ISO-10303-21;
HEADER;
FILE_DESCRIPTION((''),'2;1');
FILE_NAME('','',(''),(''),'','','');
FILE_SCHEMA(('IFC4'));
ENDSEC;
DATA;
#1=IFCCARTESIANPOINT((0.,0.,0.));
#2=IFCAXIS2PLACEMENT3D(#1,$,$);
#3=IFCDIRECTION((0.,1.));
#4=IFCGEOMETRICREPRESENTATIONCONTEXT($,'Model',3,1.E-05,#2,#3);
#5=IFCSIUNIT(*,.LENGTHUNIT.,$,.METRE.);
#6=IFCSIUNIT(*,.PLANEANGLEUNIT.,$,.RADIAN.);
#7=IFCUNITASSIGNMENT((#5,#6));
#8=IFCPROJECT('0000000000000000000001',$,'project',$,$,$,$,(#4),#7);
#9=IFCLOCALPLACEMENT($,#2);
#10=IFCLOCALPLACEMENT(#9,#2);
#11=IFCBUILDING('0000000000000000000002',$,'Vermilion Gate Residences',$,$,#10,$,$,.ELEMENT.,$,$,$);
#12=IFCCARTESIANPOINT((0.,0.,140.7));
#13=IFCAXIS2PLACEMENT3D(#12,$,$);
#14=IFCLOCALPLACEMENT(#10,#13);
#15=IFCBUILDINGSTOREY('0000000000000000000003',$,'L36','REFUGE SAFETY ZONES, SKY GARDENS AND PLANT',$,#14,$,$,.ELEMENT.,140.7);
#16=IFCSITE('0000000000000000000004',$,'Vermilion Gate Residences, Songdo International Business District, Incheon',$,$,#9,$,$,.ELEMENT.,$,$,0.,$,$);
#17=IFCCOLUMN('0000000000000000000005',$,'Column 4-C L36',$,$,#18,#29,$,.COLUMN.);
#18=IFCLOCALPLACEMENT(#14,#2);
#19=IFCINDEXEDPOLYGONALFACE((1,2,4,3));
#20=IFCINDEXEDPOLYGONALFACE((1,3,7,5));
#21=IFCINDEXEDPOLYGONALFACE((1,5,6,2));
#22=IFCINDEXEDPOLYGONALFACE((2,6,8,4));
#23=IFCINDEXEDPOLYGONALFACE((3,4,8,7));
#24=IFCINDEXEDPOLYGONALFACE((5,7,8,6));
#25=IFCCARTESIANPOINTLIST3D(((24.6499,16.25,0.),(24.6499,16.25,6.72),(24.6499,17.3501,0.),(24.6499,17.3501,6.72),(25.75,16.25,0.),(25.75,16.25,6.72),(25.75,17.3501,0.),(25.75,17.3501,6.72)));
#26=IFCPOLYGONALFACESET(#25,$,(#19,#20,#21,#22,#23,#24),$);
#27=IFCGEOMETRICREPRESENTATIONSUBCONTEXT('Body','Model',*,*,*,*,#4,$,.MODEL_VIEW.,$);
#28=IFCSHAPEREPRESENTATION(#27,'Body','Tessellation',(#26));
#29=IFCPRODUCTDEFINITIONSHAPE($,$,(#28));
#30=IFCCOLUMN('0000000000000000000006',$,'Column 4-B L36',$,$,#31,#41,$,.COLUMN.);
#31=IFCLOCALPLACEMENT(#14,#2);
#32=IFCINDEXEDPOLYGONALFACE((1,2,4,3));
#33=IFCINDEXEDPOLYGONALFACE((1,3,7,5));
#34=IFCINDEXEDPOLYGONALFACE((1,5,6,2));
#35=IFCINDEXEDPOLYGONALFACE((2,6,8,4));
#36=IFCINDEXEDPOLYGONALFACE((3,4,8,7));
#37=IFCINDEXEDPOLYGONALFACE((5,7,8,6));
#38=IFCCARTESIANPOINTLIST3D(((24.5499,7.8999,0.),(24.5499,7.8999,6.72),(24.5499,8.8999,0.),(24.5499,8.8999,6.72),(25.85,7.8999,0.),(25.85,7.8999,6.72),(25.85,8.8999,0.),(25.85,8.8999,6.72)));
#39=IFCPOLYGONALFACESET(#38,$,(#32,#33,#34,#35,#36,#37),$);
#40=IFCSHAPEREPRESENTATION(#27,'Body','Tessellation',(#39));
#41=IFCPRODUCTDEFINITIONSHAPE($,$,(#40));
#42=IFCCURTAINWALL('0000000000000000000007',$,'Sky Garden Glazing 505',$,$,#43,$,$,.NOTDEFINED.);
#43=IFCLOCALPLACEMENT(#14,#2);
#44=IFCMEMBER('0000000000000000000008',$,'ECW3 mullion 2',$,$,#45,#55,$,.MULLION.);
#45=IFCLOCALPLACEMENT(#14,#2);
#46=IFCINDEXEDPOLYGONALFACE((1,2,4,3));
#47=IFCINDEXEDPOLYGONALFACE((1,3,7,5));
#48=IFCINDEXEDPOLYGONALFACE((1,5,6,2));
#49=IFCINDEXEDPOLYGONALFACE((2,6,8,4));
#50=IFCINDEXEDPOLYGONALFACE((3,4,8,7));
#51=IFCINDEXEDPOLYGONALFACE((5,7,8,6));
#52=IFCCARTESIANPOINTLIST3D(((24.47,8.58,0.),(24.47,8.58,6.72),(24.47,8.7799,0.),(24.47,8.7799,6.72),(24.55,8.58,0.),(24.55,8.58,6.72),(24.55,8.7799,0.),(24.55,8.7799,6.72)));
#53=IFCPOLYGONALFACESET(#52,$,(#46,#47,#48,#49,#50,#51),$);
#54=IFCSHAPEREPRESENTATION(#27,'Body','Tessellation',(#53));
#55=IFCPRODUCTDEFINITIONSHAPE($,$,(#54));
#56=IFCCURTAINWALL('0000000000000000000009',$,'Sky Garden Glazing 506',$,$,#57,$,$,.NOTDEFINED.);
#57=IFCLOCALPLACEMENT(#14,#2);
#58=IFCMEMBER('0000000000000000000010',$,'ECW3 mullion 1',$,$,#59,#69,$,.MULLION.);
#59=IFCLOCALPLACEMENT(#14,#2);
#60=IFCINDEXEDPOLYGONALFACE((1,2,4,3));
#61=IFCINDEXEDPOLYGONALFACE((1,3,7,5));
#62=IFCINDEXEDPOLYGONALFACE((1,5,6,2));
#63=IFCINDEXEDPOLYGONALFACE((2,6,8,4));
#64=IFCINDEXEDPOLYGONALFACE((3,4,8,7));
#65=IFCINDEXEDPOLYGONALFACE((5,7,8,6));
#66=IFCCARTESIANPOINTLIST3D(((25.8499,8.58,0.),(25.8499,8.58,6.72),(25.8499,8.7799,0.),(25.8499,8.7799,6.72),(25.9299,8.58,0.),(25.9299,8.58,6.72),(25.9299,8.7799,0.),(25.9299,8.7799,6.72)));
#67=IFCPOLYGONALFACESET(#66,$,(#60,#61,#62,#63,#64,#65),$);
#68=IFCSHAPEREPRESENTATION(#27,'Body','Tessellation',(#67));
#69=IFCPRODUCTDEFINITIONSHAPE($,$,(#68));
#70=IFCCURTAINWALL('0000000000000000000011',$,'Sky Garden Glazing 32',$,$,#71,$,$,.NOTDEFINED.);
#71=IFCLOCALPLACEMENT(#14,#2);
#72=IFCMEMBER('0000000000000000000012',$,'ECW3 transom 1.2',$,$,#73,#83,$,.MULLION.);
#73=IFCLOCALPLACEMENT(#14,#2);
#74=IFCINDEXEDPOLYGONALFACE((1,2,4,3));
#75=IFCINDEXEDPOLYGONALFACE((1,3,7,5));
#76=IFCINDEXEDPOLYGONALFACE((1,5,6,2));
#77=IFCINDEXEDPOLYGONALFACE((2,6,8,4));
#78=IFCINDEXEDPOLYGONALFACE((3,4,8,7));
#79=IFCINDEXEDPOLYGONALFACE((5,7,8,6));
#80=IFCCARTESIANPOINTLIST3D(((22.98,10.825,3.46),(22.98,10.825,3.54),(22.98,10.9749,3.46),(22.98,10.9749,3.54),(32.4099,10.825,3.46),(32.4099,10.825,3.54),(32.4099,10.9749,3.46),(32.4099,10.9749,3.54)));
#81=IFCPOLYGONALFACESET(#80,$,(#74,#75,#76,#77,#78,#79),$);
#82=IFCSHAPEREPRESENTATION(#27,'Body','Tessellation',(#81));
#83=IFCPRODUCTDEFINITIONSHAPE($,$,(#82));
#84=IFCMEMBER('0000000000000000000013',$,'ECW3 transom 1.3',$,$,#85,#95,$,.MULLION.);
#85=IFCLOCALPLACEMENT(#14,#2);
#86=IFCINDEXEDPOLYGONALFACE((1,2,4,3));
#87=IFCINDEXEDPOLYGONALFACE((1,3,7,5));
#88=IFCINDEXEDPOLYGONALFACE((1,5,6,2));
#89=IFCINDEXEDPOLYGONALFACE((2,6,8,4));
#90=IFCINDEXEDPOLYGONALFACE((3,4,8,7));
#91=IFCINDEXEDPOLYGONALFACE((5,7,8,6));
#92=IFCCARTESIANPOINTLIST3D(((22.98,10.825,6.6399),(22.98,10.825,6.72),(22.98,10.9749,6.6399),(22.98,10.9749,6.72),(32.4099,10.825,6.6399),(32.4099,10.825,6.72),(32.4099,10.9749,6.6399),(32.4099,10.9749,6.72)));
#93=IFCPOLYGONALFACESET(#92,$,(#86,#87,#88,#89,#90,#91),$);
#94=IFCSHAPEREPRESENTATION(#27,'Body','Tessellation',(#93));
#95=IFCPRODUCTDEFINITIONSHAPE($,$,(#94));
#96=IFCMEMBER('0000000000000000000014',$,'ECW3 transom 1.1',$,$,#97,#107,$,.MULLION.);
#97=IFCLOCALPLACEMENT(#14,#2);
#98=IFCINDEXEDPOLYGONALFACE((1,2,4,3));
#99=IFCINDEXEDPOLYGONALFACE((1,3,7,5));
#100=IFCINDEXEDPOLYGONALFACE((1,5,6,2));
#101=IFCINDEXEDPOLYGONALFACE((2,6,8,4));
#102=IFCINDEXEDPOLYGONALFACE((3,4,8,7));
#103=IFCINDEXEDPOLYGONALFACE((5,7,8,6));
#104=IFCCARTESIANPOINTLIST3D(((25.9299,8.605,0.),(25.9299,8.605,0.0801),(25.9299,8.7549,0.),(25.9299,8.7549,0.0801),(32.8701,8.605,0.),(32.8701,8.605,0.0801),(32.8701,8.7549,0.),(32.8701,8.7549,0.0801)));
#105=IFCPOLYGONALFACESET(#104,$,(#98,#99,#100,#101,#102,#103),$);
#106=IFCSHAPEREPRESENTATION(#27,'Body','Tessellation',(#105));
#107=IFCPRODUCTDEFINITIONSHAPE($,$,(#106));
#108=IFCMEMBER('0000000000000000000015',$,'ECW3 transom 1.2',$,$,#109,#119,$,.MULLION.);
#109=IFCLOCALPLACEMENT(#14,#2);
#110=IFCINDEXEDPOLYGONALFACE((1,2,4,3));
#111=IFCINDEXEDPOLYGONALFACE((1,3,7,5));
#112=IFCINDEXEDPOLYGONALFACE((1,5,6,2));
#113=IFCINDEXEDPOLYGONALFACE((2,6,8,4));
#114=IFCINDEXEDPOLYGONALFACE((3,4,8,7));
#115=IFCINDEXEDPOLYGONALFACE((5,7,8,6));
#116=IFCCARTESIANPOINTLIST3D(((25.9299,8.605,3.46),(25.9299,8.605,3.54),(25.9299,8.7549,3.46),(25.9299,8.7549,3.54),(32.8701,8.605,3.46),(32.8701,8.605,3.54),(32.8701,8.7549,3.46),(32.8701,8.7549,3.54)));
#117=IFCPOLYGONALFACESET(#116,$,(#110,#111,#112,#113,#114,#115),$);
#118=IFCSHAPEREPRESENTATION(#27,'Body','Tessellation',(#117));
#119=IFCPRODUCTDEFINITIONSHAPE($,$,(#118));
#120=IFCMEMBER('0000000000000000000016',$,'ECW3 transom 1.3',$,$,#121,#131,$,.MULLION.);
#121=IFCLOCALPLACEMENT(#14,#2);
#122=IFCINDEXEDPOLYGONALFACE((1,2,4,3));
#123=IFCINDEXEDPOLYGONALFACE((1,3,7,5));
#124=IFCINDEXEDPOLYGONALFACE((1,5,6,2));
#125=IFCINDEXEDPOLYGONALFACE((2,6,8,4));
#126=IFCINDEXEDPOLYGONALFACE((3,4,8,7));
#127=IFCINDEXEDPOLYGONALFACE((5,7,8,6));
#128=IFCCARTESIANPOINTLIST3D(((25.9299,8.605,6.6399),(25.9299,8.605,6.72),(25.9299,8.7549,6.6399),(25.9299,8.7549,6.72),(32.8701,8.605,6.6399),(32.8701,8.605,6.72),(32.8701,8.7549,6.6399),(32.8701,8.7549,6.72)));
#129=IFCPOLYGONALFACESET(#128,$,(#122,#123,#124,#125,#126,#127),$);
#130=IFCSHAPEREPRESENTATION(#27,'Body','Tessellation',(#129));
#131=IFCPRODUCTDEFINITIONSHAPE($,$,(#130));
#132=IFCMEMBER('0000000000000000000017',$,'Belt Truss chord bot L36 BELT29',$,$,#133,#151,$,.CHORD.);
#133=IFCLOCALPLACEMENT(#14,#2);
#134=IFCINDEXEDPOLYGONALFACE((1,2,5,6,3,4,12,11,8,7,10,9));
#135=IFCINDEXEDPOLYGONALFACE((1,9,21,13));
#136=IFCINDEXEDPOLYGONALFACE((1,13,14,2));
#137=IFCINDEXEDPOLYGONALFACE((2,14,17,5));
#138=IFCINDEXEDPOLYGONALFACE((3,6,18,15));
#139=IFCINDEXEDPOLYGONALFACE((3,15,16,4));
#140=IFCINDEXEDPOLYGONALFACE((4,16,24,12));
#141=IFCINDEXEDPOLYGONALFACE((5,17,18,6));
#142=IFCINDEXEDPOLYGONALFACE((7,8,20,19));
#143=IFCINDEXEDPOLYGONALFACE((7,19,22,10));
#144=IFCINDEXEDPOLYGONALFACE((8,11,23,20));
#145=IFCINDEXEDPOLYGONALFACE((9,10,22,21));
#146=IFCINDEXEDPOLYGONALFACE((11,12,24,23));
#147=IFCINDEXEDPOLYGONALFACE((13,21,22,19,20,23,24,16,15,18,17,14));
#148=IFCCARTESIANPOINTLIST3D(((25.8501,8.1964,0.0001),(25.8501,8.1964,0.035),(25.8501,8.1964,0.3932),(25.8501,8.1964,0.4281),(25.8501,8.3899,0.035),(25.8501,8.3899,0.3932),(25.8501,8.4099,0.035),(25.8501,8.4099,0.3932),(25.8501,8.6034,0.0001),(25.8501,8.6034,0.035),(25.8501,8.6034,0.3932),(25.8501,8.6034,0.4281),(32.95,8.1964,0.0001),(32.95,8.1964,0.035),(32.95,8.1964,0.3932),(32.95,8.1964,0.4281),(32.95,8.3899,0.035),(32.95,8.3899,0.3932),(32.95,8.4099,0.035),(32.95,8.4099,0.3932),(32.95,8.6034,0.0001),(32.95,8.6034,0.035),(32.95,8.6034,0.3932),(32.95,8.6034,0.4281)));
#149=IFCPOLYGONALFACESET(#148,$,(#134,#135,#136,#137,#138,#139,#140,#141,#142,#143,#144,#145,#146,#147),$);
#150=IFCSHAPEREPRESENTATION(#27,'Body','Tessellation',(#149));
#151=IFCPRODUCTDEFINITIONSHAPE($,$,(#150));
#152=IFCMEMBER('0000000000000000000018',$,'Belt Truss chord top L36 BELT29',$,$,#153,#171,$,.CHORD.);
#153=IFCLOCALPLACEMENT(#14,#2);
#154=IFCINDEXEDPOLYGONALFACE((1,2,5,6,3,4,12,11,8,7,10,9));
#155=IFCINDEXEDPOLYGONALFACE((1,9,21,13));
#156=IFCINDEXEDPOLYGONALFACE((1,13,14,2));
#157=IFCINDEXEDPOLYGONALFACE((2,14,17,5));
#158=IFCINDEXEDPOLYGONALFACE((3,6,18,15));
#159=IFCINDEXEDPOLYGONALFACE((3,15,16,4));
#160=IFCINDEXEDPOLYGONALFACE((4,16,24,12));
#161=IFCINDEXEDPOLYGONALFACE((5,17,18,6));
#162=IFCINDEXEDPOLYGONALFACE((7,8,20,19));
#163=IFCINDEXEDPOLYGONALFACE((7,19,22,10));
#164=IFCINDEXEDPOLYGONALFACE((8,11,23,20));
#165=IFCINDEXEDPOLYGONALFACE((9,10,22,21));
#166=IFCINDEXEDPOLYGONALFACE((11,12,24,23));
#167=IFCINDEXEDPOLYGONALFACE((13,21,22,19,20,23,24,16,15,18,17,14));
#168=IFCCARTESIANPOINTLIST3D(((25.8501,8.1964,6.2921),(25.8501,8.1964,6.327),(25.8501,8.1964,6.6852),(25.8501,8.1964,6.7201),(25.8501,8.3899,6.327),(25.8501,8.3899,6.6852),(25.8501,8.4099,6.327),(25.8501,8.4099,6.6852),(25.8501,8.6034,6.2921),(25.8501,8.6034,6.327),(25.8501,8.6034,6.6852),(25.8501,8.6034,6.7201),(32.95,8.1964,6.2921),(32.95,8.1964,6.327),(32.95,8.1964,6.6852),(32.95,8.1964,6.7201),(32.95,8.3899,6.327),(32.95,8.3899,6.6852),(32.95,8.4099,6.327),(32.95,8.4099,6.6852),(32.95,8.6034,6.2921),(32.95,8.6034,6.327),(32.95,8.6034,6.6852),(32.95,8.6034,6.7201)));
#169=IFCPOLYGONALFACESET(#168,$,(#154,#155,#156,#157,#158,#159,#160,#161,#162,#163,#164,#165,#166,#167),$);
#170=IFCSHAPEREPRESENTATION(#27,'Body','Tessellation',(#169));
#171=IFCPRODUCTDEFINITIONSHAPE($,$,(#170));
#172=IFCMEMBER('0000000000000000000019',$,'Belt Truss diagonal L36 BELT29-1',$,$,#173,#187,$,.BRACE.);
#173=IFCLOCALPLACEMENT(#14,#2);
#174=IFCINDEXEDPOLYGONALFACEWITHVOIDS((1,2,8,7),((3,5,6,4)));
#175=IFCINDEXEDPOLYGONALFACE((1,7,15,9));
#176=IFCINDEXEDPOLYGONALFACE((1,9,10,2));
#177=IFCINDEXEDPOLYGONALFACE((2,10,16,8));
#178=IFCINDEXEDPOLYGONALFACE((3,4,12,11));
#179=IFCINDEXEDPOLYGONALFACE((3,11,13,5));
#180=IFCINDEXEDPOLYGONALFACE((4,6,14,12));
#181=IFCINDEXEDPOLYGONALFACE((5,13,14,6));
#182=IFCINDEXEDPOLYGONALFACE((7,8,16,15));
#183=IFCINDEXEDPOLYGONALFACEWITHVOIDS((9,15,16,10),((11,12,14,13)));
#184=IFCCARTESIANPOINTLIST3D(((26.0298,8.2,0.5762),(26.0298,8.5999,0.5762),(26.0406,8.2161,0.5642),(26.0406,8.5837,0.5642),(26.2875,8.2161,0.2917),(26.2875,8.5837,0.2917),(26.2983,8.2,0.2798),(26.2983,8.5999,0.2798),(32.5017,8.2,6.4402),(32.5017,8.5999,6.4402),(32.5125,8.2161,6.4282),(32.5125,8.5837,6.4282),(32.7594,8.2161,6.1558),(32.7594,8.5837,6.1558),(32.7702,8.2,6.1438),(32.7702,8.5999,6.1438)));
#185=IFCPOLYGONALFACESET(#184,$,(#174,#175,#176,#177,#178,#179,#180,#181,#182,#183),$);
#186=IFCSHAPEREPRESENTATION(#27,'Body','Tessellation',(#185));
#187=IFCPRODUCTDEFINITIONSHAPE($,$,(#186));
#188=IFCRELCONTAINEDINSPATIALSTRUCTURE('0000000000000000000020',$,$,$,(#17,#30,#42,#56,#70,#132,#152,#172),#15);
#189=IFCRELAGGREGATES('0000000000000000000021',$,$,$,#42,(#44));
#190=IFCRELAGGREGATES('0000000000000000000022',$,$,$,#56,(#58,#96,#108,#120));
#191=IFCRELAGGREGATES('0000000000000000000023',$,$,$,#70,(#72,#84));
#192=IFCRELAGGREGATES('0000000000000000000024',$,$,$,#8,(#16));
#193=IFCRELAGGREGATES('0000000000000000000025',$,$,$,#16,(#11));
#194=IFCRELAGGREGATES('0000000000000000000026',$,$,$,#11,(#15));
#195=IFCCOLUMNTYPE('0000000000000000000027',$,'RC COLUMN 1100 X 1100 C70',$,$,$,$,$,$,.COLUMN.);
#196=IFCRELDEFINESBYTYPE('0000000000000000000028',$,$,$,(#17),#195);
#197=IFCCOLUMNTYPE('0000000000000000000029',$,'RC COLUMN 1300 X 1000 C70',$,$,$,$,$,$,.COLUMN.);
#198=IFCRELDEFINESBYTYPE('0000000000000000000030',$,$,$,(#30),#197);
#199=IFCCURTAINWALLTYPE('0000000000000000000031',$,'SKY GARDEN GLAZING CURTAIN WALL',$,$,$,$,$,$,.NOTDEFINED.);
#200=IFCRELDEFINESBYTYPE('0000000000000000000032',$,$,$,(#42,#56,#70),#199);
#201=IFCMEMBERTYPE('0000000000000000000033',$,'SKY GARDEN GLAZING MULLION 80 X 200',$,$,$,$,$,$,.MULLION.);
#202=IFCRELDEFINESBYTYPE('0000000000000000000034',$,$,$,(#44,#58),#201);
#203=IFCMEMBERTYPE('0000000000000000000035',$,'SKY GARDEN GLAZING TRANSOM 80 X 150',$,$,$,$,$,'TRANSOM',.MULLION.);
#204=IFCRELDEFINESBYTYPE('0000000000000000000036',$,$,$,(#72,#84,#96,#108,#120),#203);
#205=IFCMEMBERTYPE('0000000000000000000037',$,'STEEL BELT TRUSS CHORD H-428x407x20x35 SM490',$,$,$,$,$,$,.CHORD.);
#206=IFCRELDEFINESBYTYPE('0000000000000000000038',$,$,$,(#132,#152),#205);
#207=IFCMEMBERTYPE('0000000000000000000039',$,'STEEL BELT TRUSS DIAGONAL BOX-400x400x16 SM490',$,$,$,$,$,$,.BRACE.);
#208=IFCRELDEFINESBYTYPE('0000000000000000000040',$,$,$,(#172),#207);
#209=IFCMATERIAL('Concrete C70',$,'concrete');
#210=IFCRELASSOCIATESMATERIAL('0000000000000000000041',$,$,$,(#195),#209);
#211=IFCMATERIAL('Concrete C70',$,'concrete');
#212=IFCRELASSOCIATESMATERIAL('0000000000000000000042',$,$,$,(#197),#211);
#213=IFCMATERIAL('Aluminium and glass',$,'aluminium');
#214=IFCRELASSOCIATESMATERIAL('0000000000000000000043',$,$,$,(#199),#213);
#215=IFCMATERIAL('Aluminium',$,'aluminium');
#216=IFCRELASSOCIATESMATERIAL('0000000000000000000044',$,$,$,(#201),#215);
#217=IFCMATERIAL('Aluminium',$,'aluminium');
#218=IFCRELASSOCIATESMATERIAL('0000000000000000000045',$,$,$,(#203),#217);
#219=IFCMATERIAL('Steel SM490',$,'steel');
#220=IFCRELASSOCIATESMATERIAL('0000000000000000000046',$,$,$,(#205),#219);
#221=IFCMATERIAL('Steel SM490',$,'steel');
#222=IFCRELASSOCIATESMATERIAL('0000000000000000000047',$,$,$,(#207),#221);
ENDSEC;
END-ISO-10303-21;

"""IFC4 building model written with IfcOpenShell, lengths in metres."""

from ifc_helpers import new_model, si_unit, direction, frame, origin, origin_2d, place, context, subcontext, project, spatial, rectangle, hollow_rectangle, i_section, extrude, material, material_profile, profile_set, type_object, element, aggregate, save


model = new_model("IFC4")

# Units and contexts
model_context = context("Model", 3, precision=1e-05, world=origin(), true_north=direction((0.0, 1.0)))
body_context = subcontext(model_context, "Body", "Model", "MODEL_VIEW")
ifc_project = project(units=[si_unit("LENGTHUNIT", "METRE"), si_unit("PLANEANGLEUNIT", "RADIAN")], contexts=[model_context])

# Site, building, storey
site_placement = place(None, origin())
site = spatial("IfcSite", under=ifc_project, at=site_placement, Name="Vermilion Gate Residences, Songdo International Business District, Incheon", CompositionType="ELEMENT", RefElevation=0.0)
building_placement = place(site_placement, origin())
building = spatial("IfcBuilding", under=site, at=building_placement, Name="Vermilion Gate Residences", CompositionType="ELEMENT")
storey_placement = place(building_placement, frame((0.0, 0.0, 140.7)))
storey = spatial("IfcBuildingStorey", under=building, at=storey_placement, Name="L36", Description="REFUGE SAFETY ZONES, SKY GARDENS AND PLANT", CompositionType="ELEMENT", Elevation=140.7)

# Columns
ifc_material_1 = material(Name="Concrete C70", Category="concrete")
ifc_material_profile_1 = material_profile(ifc_material_1, rectangle(XDim=1.1001, YDim=1.1001, at=origin_2d()), Name="RC-1100x1100")
ifc_profile_set_1 = profile_set([ifc_material_profile_1], Name="Concrete C70")
column_type_1 = type_object("IfcColumnType", Name="RC COLUMN 1100 X 1100 C70", PredefinedType="COLUMN", material=ifc_profile_set_1)
column_1_placement = place(storey_placement, frame((25.2, 16.8, 0.0), z_axis=(0.0, 0.0, 1.0), x_axis=(1.0, 0.0, 0.0)))
element("IfcColumn", 1, at=column_1_placement, inside=storey, type_object=column_type_1, Name="Column 4-C L36", PredefinedType="COLUMN", context=body_context, shape_type="SweptSolid", body=[
    extrude(rectangle(XDim=1.1001, YDim=1.1001, at=origin_2d()), origin(), (0.0, 0.0, 1.0), 6.72),
])
ifc_material_2 = material(Name="Concrete C70", Category="concrete")
ifc_material_profile_2 = material_profile(ifc_material_2, rectangle(XDim=1.3, YDim=1.0, at=origin_2d()), Name="RC-1300x1000")
ifc_profile_set_2 = profile_set([ifc_material_profile_2], Name="Concrete C70")
column_type_2 = type_object("IfcColumnType", Name="RC COLUMN 1300 X 1000 C70", PredefinedType="COLUMN", material=ifc_profile_set_2)
column_2_placement = place(storey_placement, frame((25.2, 8.3999, 0.0), z_axis=(0.0, 0.0, 1.0), x_axis=(1.0, 0.0, 0.0)))
element("IfcColumn", 2, at=column_2_placement, inside=storey, type_object=column_type_2, Name="Column 4-B L36", PredefinedType="COLUMN", context=body_context, shape_type="SweptSolid", body=[
    extrude(rectangle(XDim=1.3, YDim=1.0, at=origin_2d()), origin(), (0.0, 0.0, 1.0), 6.72),
])

# Curtain walls, members
ifc_material_3 = material(Name="Aluminium and glass", Category="aluminium")
curtain_wall_type = type_object("IfcCurtainWallType", Name="SKY GARDEN GLAZING CURTAIN WALL", PredefinedType="NOTDEFINED", material=ifc_material_3)
curtain_wall_1_placement = place(storey_placement, origin())
curtain_wall_1 = element("IfcCurtainWall", 3, at=curtain_wall_1_placement, inside=storey, type_object=curtain_wall_type, Name="Sky Garden Glazing 505", PredefinedType="NOTDEFINED")
ifc_material_4 = material(Name="Aluminium", Category="aluminium")
ifc_material_profile_3 = material_profile(ifc_material_4, rectangle(XDim=0.2, YDim=0.0801, at=origin_2d()), Name="MULLION 80 X 200")
ifc_profile_set_3 = profile_set([ifc_material_profile_3], Name="Aluminium")
member_type_1 = type_object("IfcMemberType", Name="SKY GARDEN GLAZING MULLION 80 X 200", PredefinedType="MULLION", material=ifc_profile_set_3)
member_1_placement = place(storey_placement, frame((24.51, 8.6799, 0.0), z_axis=(0.0, 0.0, 1.0), x_axis=(0.0, 1.0, 0.0)))
member_1 = element("IfcMember", 4, at=member_1_placement, type_object=member_type_1, Name="ECW3 mullion 2", PredefinedType="MULLION", context=body_context, shape_type="SweptSolid", body=[
    extrude(rectangle(XDim=0.2, YDim=0.0801, at=origin_2d()), origin(), (0.0, 0.0, 1.0), 6.72),
])
aggregate(curtain_wall_1, [member_1])
curtain_wall_2_placement = place(storey_placement, origin())
curtain_wall_2 = element("IfcCurtainWall", 5, at=curtain_wall_2_placement, inside=storey, type_object=curtain_wall_type, Name="Sky Garden Glazing 506", PredefinedType="NOTDEFINED")
member_2_placement = place(storey_placement, frame((25.8899, 8.6799, 0.0), z_axis=(0.0, 0.0, 1.0), x_axis=(0.0, 1.0, 0.0)))
member_2 = element("IfcMember", 6, at=member_2_placement, type_object=member_type_1, Name="ECW3 mullion 1", PredefinedType="MULLION", context=body_context, shape_type="SweptSolid", body=[
    extrude(rectangle(XDim=0.2, YDim=0.0801, at=origin_2d()), origin(), (0.0, 0.0, 1.0), 6.72),
])

# Curtain wall, members
curtain_wall_3_placement = place(storey_placement, origin())
curtain_wall_3 = element("IfcCurtainWall", 7, at=curtain_wall_3_placement, inside=storey, type_object=curtain_wall_type, Name="Sky Garden Glazing 32", PredefinedType="NOTDEFINED")
ifc_material_5 = material(Name="Aluminium", Category="aluminium")
ifc_material_profile_4 = material_profile(ifc_material_5, rectangle(XDim=0.1499, YDim=0.0801, at=origin_2d()), Name="TRANSOM 80 X 150")
ifc_profile_set_4 = profile_set([ifc_material_profile_4], Name="Aluminium")
member_type_2 = type_object("IfcMemberType", Name="SKY GARDEN GLAZING TRANSOM 80 X 150", ElementType="TRANSOM", PredefinedType="MULLION", material=ifc_profile_set_4)
member_3_placement = place(storey_placement, frame((22.98, 10.8999, 3.5), z_axis=(1.0, 0.0, 0.0), x_axis=(0.0, 1.0, 0.0)))
member_3 = element("IfcMember", 8, at=member_3_placement, type_object=member_type_2, Name="ECW3 transom 1.2", PredefinedType="MULLION", context=body_context, shape_type="SweptSolid", body=[
    extrude(rectangle(XDim=0.1499, YDim=0.0801, at=origin_2d()), origin(), (0.0, 0.0, 1.0), 9.4299),
])
member_4_placement = place(storey_placement, frame((22.98, 10.8999, 6.6799), z_axis=(1.0, 0.0, 0.0), x_axis=(0.0, 1.0, 0.0)))
member_4 = element("IfcMember", 9, at=member_4_placement, type_object=member_type_2, Name="ECW3 transom 1.3", PredefinedType="MULLION", context=body_context, shape_type="SweptSolid", body=[
    extrude(rectangle(XDim=0.1499, YDim=0.0801, at=origin_2d()), origin(), (0.0, 0.0, 1.0), 9.4299),
])

# Members
member_5_placement = place(storey_placement, frame((25.9299, 8.6799, 0.04), z_axis=(1.0, 0.0, 0.0), x_axis=(0.0, 1.0, 0.0)))
member_5 = element("IfcMember", 10, at=member_5_placement, type_object=member_type_2, Name="ECW3 transom 1.1", PredefinedType="MULLION", context=body_context, shape_type="SweptSolid", body=[
    extrude(rectangle(XDim=0.1499, YDim=0.0801, at=origin_2d()), origin(), (0.0, 0.0, 1.0), 6.9402),
])
member_6_placement = place(storey_placement, frame((25.9299, 8.6799, 3.5), z_axis=(1.0, 0.0, 0.0), x_axis=(0.0, 1.0, 0.0)))
member_6 = element("IfcMember", 11, at=member_6_placement, type_object=member_type_2, Name="ECW3 transom 1.2", PredefinedType="MULLION", context=body_context, shape_type="SweptSolid", body=[
    extrude(rectangle(XDim=0.1499, YDim=0.0801, at=origin_2d()), origin(), (0.0, 0.0, 1.0), 6.9402),
])
member_7_placement = place(storey_placement, frame((25.9299, 8.6799, 6.6799), z_axis=(1.0, 0.0, 0.0), x_axis=(0.0, 1.0, 0.0)))
member_7 = element("IfcMember", 12, at=member_7_placement, type_object=member_type_2, Name="ECW3 transom 1.3", PredefinedType="MULLION", context=body_context, shape_type="SweptSolid", body=[
    extrude(rectangle(XDim=0.1499, YDim=0.0801, at=origin_2d()), origin(), (0.0, 0.0, 1.0), 6.9402),
])
aggregate(curtain_wall_2, [member_2, member_5, member_6, member_7])

# Members
ifc_material_6 = material(Name="Steel SM490", Category="steel")
ifc_material_profile_5 = material_profile(ifc_material_6, i_section(OverallWidth=0.407, OverallDepth=0.428, WebThickness=0.02, FlangeThickness=0.0349, at=origin_2d()), Name="H-428x407x20x35")
ifc_profile_set_5 = profile_set([ifc_material_profile_5], Name="Steel SM490")
member_type_3 = type_object("IfcMemberType", Name="STEEL BELT TRUSS CHORD H-428x407x20x35 SM490", PredefinedType="CHORD", material=ifc_profile_set_5)
for number, where, z_axis, x_axis, name in (
    (13, (25.8501, 8.3999, 0.2141), (1.0, 0.0, 0.0), (0.0, 1.0, 0.0), "Belt Truss chord bot L36 BELT29"),
    (14, (25.8501, 8.3999, 6.5061), (1.0, 0.0, 0.0), (0.0, 1.0, 0.0), "Belt Truss chord top L36 BELT29"),
):
    element("IfcMember", number, at=place(storey_placement, frame(where, z_axis=z_axis, x_axis=x_axis)), inside=storey, type_object=member_type_3, Name=name, PredefinedType="CHORD", context=body_context, shape_type="SweptSolid", body=[
        extrude(i_section(OverallWidth=0.407, OverallDepth=0.428, WebThickness=0.02, FlangeThickness=0.0349, at=origin_2d()), origin(), (0.0, 0.0, 1.0), 7.0999),
    ])
ifc_material_7 = material(Name="Steel SM490", Category="steel")
ifc_material_profile_6 = material_profile(ifc_material_7, hollow_rectangle(XDim=0.3999, YDim=0.3999, WallThickness=0.0161, at=origin_2d()), Name="BOX-400x400x16")
ifc_profile_set_6 = profile_set([ifc_material_profile_6], Name="Steel SM490")
member_type_4 = type_object("IfcMemberType", Name="STEEL BELT TRUSS DIAGONAL BOX-400x400x16 SM490", PredefinedType="BRACE", material=ifc_profile_set_6)
member_8_placement = place(storey_placement, frame((26.1641, 8.3999, 0.428), z_axis=(0.741053, 0.0, 0.671446), x_axis=(0.0, 1.0, 0.0)))
element("IfcMember", 15, at=member_8_placement, inside=storey, type_object=member_type_4, Name="Belt Truss diagonal L36 BELT29-1", PredefinedType="BRACE", context=body_context, shape_type="SweptSolid", body=[
    extrude(hollow_rectangle(XDim=0.3999, YDim=0.3999, WallThickness=0.0161, at=origin_2d()), origin(), (0.0, 0.0, 1.0), 8.7334),
])

aggregate(curtain_wall_3, [member_3, member_4])

save(model, "model.ifc")
